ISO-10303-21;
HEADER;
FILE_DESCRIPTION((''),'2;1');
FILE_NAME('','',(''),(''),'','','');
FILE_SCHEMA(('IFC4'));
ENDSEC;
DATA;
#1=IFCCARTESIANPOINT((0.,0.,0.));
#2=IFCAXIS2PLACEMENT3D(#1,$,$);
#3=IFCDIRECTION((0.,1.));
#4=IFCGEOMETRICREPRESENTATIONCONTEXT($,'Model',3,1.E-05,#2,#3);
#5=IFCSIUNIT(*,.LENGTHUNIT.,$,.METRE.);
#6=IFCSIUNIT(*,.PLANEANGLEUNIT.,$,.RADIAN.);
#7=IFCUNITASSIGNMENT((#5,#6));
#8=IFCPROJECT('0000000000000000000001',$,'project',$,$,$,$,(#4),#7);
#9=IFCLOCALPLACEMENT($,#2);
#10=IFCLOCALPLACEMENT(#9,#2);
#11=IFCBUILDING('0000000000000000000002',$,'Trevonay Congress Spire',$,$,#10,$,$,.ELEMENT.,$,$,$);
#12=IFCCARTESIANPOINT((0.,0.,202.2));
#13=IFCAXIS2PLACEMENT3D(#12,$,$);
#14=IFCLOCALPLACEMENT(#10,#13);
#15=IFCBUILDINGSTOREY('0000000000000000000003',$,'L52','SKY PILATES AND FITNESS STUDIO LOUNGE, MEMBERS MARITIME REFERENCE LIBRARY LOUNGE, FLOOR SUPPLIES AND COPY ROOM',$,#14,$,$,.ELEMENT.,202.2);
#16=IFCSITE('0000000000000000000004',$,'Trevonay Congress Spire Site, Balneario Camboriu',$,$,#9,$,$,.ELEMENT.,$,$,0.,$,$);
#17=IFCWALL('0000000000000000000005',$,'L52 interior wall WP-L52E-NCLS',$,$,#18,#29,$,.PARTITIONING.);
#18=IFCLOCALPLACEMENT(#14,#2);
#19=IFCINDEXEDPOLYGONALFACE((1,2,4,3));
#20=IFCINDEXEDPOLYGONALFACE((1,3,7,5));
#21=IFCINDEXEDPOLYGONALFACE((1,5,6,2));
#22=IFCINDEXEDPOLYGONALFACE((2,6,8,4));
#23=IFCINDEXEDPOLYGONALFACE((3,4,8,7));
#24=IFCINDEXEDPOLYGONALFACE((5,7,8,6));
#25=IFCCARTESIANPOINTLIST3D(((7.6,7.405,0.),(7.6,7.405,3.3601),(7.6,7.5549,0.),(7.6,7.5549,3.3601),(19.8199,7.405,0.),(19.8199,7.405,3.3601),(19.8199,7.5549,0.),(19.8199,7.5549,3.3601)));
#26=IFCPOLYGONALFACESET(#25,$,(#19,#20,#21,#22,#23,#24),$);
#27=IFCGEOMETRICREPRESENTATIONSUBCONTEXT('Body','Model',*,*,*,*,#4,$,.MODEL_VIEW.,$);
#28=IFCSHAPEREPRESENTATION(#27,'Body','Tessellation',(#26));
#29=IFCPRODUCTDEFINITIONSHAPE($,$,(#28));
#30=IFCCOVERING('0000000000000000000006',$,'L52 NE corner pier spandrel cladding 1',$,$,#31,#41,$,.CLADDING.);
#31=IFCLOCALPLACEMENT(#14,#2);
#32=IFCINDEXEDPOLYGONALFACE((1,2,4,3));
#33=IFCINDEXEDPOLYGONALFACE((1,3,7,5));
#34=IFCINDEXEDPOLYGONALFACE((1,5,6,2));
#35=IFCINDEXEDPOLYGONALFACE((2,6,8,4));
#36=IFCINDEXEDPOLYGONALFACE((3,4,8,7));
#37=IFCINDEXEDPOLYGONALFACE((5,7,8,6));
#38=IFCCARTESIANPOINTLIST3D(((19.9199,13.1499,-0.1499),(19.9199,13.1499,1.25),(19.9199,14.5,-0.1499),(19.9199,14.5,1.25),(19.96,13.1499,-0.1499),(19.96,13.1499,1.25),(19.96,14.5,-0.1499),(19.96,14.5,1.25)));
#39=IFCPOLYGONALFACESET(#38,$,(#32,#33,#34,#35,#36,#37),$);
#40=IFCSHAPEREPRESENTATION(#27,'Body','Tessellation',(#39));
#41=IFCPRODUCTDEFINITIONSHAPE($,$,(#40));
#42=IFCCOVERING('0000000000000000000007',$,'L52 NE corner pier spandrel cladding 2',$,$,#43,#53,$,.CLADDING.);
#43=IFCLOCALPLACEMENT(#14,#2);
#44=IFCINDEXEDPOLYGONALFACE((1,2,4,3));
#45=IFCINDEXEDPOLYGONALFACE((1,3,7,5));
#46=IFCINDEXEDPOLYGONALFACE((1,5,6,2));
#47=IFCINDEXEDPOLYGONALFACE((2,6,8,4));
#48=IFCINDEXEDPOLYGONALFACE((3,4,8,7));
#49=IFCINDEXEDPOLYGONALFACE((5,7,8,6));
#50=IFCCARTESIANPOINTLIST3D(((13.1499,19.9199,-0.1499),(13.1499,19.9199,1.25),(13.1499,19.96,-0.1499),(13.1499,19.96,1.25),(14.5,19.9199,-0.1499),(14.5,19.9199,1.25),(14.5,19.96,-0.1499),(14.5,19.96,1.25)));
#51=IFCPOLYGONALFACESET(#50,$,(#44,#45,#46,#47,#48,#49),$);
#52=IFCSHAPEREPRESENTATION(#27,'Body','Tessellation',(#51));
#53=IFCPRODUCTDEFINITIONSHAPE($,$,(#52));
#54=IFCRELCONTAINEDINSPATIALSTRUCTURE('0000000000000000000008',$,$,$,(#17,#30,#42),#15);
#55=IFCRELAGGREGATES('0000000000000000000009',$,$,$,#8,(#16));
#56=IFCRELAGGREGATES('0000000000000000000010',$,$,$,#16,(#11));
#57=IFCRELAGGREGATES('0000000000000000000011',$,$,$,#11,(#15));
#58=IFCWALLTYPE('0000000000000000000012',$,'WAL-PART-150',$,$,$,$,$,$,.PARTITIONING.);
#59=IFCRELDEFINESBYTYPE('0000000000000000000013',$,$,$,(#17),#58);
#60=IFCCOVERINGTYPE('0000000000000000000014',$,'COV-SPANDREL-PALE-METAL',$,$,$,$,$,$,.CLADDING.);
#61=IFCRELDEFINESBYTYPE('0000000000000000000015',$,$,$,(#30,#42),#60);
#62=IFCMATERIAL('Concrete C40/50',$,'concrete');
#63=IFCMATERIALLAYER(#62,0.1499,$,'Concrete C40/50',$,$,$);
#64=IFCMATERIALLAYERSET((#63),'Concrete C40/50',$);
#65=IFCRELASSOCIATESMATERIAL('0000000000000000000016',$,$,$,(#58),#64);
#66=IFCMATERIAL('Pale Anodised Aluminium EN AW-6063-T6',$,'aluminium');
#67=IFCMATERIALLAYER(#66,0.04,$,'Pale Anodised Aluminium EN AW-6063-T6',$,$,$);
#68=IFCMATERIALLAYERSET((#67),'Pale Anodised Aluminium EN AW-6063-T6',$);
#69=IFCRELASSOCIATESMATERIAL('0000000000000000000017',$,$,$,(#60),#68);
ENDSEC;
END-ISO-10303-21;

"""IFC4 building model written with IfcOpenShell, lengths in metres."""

from ifc_helpers import new_model, si_unit, direction, frame, frame_2d, origin, place, context, subcontext, project, spatial, rectangle, extrude, material, layer, layer_set, type_object, element, save


model = new_model("IFC4")

# Units and contexts
model_context = context("Model", 3, precision=1e-05, world=origin(), true_north=direction((0.0, 1.0)))
body_context = subcontext(model_context, "Body", "Model", "MODEL_VIEW")
ifc_project = project(units=[si_unit("LENGTHUNIT", "METRE"), si_unit("PLANEANGLEUNIT", "RADIAN")], contexts=[model_context])

# Site, building, storey
site_placement = place(None, origin())
site = spatial("IfcSite", under=ifc_project, at=site_placement, Name="Trevonay Congress Spire Site, Balneario Camboriu", CompositionType="ELEMENT", RefElevation=0.0)
building_placement = place(site_placement, origin())
building = spatial("IfcBuilding", under=site, at=building_placement, Name="Trevonay Congress Spire", CompositionType="ELEMENT")
storey_placement = place(building_placement, frame((0.0, 0.0, 202.2)))
storey = spatial("IfcBuildingStorey", under=building, at=storey_placement, Name="L52", Description="SKY PILATES AND FITNESS STUDIO LOUNGE, MEMBERS MARITIME REFERENCE LIBRARY LOUNGE, FLOOR SUPPLIES AND COPY ROOM", CompositionType="ELEMENT", Elevation=202.2)

# Shared definitions
ifc_material_1 = material(Name="Pale Anodised Aluminium EN AW-6063-T6", Category="aluminium")

# Wall
ifc_material_2 = material(Name="Concrete C40/50", Category="concrete")
ifc_layer_1 = layer(ifc_material_2, 0.1499, Name="Concrete C40/50")
ifc_layer_set_1 = layer_set([ifc_layer_1], Name="Concrete C40/50")
wall_type_1 = type_object("IfcWallType", Name="WAL-PART-150", PredefinedType="PARTITIONING", material=ifc_layer_set_1)
wall_1_placement = place(storey_placement, frame((7.6001, 7.48, 0.0), z_axis=(0.0, 0.0, 1.0), x_axis=(1.0, 0.0, 0.0)))
element("IfcWall", 1, at=wall_1_placement, inside=storey, type_object=wall_type_1, Name="L52 interior wall WP-L52E-NCLS", PredefinedType="PARTITIONING", context=body_context, shape_type="SweptSolid", body=[
    extrude(rectangle(XDim=12.22, YDim=0.1499, at=frame_2d((6.1099, 0.0))), origin(), (0.0, 0.0, 1.0), 3.3601),
])

# Coverings
ifc_layer_2 = layer(ifc_material_1, 0.04, Name="Pale Anodised Aluminium EN AW-6063-T6")
ifc_layer_set_2 = layer_set([ifc_layer_2], Name="Pale Anodised Aluminium EN AW-6063-T6")
covering_type = type_object("IfcCoveringType", Name="COV-SPANDREL-PALE-METAL", PredefinedType="CLADDING", material=ifc_layer_set_2)
for number, where, z_axis, x_axis, name in (
    (2, (19.9399, 13.1499, -0.1499), (0.0, 0.0, 1.0), (0.0, 1.0, 0.0), "L52 NE corner pier spandrel cladding 1"),
    (3, (13.1499, 19.9399, -0.1499), (0.0, 0.0, 1.0), (1.0, 0.0, 0.0), "L52 NE corner pier spandrel cladding 2"),
):
    element("IfcCovering", number, at=place(storey_placement, frame(where, z_axis=z_axis, x_axis=x_axis)), inside=storey, type_object=covering_type, Name=name, PredefinedType="CLADDING", context=body_context, shape_type="SweptSolid", body=[
        extrude(rectangle(XDim=1.3501, YDim=0.04, at=frame_2d((0.675, 0.0))), origin(), (0.0, 0.0, 1.0), 1.3999),
    ])

save(model, "model.ifc")
